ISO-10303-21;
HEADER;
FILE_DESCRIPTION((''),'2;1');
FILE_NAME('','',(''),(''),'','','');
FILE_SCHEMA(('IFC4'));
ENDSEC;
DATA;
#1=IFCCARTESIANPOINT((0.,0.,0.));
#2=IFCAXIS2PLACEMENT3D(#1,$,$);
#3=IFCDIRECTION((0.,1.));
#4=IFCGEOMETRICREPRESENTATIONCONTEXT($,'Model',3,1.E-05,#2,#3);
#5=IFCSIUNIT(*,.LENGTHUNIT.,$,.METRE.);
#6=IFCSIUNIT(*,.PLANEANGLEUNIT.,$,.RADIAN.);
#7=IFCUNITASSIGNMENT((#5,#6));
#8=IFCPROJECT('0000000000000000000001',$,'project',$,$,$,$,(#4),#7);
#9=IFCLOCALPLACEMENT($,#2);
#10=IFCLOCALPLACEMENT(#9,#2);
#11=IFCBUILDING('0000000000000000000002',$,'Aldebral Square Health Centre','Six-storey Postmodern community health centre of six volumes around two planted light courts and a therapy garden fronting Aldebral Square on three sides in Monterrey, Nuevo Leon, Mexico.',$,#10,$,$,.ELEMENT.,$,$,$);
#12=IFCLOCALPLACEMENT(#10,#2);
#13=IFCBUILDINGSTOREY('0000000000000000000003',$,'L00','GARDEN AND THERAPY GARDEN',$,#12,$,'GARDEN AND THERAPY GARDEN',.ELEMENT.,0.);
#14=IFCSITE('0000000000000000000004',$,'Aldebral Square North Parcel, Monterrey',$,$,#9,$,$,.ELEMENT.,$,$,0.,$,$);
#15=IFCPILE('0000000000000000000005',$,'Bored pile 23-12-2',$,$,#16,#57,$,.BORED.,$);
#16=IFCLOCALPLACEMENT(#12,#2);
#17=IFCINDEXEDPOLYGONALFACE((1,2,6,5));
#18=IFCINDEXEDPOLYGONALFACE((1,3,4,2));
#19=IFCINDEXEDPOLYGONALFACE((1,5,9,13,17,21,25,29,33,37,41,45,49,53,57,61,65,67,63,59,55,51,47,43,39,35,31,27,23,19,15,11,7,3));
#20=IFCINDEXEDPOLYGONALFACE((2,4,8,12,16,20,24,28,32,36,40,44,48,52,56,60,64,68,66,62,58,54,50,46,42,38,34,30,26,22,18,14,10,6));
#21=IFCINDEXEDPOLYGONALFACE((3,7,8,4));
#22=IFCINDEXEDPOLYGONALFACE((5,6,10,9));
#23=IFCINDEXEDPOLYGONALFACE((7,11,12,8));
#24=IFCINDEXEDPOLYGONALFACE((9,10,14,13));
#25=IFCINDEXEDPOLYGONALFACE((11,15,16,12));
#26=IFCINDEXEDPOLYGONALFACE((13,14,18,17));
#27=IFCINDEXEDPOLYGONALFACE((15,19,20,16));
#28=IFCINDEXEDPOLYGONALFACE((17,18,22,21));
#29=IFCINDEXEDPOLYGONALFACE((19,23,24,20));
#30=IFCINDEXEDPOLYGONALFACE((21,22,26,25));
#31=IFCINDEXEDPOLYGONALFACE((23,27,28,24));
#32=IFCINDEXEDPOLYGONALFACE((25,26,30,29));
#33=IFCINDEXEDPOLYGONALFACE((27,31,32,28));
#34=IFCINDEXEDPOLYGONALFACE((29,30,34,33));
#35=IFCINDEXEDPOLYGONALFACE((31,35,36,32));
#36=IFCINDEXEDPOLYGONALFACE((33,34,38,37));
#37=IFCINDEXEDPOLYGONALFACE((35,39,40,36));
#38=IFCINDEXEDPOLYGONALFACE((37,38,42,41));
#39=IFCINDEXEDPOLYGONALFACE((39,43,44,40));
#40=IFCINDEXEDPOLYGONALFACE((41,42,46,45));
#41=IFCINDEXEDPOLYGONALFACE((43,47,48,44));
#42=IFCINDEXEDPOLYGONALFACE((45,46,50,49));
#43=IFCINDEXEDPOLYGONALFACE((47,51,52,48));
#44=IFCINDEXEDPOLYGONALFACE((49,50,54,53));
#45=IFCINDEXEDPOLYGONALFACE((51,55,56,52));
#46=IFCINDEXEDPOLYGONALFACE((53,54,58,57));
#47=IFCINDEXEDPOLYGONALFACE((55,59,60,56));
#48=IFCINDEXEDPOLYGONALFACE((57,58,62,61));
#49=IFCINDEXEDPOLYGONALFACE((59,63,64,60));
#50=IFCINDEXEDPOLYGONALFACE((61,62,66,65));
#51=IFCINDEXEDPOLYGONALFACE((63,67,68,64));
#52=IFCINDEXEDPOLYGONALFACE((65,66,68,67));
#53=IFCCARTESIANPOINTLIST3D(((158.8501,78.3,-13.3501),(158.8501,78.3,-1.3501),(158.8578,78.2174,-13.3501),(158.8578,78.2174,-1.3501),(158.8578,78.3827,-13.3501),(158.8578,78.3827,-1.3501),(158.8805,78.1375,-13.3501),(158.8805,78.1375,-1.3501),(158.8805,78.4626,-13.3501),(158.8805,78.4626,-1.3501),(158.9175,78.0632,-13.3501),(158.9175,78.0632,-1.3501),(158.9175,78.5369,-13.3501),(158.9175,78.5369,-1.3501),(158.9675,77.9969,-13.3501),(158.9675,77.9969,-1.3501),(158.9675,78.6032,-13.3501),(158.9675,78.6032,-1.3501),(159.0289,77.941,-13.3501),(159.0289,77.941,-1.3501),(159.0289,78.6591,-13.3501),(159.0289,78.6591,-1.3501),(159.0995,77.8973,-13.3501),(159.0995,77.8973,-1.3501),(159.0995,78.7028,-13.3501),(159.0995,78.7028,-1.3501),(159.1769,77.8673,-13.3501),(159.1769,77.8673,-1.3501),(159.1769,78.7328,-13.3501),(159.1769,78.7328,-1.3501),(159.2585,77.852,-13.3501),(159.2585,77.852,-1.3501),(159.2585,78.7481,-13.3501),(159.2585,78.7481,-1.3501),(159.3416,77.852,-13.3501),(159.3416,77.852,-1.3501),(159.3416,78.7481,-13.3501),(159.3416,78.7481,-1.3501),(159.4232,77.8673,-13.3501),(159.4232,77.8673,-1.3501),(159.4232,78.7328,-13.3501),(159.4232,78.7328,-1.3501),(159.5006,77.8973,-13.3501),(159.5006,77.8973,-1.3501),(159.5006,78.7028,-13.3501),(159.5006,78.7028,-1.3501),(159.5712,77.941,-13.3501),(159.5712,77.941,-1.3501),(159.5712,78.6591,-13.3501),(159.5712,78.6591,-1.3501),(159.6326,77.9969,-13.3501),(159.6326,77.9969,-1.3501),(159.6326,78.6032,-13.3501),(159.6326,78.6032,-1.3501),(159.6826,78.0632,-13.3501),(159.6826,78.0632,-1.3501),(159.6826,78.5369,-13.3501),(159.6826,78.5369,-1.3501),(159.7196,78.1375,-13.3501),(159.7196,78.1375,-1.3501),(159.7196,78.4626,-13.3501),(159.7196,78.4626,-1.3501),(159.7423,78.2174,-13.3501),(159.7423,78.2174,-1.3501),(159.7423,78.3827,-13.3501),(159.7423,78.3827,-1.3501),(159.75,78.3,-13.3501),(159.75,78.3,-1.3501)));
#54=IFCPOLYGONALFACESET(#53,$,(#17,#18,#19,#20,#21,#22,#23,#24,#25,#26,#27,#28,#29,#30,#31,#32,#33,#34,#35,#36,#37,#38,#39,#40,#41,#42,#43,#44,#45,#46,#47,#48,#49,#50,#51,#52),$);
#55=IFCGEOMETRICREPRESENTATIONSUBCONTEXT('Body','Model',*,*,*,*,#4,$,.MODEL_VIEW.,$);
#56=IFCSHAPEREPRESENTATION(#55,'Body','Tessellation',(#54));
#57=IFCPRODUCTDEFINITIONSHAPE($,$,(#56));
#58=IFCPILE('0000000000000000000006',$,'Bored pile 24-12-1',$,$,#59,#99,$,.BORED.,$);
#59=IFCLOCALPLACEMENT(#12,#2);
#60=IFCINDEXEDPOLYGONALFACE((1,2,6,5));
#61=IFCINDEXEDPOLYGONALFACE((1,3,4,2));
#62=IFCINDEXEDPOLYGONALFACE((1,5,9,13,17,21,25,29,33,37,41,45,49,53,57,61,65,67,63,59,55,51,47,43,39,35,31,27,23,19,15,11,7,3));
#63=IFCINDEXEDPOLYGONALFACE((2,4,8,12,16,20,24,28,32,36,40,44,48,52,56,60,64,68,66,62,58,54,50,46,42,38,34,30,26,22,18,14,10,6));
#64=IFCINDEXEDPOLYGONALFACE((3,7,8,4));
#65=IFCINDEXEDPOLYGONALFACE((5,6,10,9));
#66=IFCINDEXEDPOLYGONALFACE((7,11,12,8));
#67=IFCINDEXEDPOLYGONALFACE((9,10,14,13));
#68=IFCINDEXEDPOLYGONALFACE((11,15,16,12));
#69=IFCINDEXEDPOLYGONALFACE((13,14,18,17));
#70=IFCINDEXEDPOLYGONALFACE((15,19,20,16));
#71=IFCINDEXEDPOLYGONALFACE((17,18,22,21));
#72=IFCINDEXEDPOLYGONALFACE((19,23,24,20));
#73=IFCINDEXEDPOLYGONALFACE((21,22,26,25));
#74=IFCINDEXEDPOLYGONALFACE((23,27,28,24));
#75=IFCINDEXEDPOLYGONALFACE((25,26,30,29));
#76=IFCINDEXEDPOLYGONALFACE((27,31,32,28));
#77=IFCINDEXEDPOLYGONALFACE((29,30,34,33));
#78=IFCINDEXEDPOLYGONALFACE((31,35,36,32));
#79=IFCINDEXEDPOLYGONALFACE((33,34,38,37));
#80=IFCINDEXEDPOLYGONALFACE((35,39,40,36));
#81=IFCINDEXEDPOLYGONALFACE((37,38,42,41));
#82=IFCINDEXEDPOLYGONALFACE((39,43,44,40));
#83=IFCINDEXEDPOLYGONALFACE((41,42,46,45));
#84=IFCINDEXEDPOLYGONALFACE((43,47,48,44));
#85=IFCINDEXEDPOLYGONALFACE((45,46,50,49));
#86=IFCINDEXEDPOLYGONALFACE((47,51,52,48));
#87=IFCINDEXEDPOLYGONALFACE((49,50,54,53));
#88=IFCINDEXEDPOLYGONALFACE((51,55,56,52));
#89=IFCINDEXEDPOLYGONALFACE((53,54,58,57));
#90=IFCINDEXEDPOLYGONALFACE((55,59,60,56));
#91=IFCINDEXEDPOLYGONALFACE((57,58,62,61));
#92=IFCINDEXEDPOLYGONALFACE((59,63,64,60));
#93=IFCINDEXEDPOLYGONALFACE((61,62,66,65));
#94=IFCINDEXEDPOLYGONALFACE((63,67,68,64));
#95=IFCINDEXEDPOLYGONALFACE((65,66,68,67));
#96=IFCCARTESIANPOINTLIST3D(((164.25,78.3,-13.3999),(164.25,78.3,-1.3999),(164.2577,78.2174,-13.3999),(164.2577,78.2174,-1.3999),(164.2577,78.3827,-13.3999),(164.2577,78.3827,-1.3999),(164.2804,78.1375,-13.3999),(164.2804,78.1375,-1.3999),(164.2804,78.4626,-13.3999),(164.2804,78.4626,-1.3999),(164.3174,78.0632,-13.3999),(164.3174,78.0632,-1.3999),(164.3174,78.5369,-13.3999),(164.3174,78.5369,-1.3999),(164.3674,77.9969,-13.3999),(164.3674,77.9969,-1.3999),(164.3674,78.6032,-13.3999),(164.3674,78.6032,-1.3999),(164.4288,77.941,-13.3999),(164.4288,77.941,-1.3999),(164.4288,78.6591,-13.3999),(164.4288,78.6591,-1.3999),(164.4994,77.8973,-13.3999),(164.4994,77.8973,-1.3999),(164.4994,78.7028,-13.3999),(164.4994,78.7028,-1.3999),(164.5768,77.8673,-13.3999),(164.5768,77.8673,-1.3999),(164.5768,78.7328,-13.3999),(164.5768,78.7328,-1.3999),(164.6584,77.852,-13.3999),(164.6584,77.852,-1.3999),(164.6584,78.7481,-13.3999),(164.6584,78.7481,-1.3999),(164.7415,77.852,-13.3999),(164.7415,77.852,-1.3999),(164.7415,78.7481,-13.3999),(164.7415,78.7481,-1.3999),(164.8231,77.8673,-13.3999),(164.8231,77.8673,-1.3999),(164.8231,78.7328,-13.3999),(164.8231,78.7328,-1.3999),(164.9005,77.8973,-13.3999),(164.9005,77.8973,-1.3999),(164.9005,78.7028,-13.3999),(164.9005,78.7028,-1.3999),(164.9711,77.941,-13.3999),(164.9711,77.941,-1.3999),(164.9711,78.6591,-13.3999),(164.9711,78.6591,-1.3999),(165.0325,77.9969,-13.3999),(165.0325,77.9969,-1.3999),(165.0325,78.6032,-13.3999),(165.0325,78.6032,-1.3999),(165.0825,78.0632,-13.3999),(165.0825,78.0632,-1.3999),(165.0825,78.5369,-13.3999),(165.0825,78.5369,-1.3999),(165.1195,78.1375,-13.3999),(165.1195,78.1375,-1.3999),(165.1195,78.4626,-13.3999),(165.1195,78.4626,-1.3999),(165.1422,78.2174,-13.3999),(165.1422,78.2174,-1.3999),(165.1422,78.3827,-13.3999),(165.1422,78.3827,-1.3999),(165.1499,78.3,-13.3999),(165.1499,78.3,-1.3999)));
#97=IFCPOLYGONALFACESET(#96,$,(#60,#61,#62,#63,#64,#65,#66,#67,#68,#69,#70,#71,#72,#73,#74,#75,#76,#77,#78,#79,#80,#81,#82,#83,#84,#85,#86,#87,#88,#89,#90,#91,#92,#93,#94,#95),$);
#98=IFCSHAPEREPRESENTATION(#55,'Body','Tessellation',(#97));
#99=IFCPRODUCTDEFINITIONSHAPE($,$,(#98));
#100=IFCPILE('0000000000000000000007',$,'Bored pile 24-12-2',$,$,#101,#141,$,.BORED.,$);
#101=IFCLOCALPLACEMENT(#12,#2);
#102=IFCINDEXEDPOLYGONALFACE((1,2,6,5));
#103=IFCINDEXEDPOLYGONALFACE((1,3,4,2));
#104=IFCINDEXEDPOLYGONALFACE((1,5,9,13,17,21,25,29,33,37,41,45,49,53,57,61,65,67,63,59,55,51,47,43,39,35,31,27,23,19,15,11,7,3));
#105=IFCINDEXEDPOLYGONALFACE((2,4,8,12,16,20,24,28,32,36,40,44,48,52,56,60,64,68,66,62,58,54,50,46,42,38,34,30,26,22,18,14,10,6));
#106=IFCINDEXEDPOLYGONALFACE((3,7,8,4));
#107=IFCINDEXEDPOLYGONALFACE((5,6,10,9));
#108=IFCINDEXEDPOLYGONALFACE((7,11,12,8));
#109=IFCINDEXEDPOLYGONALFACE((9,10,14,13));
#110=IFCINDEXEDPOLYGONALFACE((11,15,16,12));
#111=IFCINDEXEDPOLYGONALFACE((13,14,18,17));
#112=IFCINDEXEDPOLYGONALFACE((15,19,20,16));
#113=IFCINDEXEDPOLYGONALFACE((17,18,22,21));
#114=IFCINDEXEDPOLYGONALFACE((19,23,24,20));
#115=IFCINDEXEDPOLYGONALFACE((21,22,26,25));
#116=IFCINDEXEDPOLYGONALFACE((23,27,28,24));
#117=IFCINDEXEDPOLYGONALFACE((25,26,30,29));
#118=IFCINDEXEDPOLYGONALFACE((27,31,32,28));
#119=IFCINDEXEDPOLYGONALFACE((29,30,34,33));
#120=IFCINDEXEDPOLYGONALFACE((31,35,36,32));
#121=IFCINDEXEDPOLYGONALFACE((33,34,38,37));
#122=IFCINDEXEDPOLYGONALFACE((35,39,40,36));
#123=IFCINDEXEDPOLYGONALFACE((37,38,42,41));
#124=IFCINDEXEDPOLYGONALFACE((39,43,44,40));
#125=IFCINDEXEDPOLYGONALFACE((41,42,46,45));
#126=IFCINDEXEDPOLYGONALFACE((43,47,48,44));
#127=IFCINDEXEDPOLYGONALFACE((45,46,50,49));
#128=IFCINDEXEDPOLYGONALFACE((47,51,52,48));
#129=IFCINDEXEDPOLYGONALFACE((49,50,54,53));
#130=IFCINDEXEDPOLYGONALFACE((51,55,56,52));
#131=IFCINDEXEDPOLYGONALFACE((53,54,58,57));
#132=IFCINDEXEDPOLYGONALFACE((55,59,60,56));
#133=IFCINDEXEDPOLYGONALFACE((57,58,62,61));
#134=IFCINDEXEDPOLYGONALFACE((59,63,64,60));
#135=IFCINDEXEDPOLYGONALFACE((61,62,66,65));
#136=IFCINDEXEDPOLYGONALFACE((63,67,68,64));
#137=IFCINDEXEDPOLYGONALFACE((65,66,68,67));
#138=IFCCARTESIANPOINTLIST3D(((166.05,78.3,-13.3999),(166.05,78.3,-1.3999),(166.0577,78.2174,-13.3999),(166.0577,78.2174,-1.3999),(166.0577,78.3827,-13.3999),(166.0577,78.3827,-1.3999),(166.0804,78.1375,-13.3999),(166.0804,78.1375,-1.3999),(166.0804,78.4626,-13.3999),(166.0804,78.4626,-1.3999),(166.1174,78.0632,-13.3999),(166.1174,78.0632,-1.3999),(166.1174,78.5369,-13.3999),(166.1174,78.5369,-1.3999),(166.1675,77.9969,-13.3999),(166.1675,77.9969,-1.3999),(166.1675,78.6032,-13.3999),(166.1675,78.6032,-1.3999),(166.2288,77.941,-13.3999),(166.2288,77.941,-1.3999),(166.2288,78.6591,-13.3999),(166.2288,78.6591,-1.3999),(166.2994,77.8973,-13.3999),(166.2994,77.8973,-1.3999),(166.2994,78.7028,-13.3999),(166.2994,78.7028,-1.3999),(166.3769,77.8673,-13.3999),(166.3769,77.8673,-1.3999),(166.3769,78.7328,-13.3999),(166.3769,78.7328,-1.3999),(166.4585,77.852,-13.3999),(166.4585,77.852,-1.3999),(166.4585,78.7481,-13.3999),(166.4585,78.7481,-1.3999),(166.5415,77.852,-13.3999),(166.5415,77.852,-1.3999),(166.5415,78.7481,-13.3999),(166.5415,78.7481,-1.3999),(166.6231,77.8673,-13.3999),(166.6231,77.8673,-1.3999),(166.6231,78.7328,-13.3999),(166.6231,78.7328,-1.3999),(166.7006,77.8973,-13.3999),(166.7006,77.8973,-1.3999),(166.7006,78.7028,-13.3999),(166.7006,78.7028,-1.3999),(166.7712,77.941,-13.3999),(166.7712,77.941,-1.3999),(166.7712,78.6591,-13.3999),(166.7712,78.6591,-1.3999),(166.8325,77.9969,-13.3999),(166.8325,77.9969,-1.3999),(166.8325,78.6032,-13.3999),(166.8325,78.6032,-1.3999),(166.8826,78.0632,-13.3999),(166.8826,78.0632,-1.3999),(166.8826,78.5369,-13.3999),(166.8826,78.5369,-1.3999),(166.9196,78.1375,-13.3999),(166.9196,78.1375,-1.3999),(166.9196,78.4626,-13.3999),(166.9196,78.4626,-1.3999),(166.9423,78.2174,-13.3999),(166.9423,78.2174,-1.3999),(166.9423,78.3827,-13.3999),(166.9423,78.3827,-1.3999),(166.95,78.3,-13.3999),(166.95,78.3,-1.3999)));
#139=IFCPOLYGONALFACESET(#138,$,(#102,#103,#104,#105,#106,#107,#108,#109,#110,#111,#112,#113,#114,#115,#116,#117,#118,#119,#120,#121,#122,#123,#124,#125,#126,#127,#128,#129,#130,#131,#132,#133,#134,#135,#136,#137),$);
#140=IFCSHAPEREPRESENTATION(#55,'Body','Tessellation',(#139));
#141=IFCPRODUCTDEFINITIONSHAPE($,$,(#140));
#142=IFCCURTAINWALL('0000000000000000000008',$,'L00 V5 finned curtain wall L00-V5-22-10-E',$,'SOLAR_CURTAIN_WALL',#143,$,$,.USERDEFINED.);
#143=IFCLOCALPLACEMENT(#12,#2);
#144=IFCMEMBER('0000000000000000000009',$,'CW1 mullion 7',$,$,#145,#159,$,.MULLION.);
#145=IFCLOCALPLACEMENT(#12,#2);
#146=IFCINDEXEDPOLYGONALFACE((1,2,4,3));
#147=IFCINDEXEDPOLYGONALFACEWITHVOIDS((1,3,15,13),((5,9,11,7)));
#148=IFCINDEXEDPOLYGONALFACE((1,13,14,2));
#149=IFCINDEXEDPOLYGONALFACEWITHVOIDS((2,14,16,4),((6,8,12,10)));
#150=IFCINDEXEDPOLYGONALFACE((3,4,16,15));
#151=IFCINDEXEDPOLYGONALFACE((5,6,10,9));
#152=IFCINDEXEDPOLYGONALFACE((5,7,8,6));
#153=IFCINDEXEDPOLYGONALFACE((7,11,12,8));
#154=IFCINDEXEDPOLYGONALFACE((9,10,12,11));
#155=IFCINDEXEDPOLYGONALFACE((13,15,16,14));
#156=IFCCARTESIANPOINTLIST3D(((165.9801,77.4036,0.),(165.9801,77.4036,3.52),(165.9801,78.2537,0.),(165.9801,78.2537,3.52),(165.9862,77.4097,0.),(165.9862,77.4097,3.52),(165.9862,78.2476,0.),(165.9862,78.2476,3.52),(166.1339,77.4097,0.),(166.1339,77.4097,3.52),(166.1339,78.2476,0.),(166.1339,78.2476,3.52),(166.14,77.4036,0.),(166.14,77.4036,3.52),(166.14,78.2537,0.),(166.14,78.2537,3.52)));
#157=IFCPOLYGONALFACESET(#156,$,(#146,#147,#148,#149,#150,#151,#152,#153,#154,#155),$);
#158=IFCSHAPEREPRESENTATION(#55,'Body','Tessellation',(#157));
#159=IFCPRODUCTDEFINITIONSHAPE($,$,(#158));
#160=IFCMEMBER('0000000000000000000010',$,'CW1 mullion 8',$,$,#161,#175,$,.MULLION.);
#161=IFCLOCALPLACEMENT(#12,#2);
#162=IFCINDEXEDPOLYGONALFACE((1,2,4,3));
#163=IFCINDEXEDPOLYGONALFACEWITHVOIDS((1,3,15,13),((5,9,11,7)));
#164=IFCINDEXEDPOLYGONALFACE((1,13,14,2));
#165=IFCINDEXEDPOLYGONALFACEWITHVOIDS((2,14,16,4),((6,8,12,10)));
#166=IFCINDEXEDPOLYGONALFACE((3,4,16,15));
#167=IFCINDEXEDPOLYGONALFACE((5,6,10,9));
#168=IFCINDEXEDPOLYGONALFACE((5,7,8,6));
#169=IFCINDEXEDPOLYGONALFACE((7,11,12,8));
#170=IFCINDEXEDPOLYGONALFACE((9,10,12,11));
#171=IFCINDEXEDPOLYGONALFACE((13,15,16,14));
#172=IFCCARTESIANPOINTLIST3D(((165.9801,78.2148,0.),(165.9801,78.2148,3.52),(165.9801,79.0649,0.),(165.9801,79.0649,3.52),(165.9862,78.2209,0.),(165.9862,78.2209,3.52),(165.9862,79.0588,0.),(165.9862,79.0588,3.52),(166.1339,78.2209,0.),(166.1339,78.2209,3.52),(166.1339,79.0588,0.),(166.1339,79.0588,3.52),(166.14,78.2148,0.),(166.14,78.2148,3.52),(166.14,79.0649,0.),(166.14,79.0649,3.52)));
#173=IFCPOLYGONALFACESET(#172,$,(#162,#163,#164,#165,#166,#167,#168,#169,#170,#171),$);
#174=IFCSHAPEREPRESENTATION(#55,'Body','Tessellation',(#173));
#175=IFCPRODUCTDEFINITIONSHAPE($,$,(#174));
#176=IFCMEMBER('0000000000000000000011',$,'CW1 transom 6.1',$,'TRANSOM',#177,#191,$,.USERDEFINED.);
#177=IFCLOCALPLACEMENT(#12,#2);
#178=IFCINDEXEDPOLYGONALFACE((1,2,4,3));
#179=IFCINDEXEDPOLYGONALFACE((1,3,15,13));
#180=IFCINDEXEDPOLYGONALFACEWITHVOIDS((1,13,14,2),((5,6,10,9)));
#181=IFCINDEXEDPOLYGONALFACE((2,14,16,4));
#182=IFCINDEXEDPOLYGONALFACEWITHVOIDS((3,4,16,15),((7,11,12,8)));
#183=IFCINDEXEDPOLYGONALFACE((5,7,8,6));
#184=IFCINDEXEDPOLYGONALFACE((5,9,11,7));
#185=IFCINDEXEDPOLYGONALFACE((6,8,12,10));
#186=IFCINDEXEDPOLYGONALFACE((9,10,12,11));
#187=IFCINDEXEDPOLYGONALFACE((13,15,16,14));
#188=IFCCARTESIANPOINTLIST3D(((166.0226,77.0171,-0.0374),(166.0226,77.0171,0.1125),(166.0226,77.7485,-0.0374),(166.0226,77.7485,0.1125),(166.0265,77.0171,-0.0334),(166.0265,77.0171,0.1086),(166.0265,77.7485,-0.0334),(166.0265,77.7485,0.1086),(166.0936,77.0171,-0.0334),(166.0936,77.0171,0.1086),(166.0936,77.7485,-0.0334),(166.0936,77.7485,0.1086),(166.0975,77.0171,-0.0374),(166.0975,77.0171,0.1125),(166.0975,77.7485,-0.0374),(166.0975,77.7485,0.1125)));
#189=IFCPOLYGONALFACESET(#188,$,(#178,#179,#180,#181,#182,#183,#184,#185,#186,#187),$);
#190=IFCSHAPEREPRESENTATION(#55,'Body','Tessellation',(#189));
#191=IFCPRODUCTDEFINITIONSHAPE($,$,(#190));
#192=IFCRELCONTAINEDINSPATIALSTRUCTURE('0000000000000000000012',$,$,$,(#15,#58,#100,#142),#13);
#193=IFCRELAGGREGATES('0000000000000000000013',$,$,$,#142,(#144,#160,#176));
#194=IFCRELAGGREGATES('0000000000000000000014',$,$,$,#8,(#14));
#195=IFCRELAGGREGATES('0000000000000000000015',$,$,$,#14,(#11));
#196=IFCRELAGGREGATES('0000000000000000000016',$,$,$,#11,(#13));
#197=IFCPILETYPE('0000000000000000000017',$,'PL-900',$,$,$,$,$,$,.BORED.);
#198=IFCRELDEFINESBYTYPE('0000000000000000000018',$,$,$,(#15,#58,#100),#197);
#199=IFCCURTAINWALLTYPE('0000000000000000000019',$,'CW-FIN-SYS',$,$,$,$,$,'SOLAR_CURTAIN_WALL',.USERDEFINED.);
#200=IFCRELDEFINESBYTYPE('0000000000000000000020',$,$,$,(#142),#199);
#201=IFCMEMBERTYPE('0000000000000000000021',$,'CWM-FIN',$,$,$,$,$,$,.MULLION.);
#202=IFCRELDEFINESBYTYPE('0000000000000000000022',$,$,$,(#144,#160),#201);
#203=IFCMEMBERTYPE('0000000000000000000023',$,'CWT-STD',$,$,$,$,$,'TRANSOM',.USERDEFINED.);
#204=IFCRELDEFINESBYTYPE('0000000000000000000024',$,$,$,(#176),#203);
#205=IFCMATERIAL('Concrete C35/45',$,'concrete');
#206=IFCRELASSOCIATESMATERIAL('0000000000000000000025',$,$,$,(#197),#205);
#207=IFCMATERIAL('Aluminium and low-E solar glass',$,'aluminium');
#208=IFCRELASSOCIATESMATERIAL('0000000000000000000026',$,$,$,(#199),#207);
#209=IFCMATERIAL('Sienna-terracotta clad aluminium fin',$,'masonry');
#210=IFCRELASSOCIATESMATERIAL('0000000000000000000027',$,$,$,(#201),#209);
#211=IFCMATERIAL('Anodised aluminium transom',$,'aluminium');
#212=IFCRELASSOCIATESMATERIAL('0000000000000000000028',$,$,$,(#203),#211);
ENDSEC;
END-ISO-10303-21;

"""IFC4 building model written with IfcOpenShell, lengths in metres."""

from ifc_helpers import new_model, si_unit, direction, frame, origin, origin_2d, place, context, subcontext, project, spatial, hollow_rectangle, circle, extrude, material, material_profile, profile_set, type_object, element, aggregate, save


model = new_model("IFC4")

# Units and contexts
model_context = context("Model", 3, precision=1e-05, world=origin(), true_north=direction((0.0, 1.0)))
body_context = subcontext(model_context, "Body", "Model", "MODEL_VIEW")
ifc_project = project(units=[si_unit("LENGTHUNIT", "METRE"), si_unit("PLANEANGLEUNIT", "RADIAN")], contexts=[model_context])

# Site, building, storey
site_placement = place(None, origin())
site = spatial("IfcSite", under=ifc_project, at=site_placement, Name="Aldebral Square North Parcel, Monterrey", CompositionType="ELEMENT", RefElevation=0.0)
building_placement = place(site_placement, origin())
building = spatial("IfcBuilding", under=site, at=building_placement, Name="Aldebral Square Health Centre", Description="Six-storey Postmodern community health centre of six volumes around two planted light courts and a therapy garden fronting Aldebral Square on three sides in Monterrey, Nuevo Leon, Mexico.", CompositionType="ELEMENT")
storey_placement = place(building_placement, origin())
storey = spatial("IfcBuildingStorey", under=building, at=storey_placement, Name="L00", Description="GARDEN AND THERAPY GARDEN", LongName="GARDEN AND THERAPY GARDEN", CompositionType="ELEMENT", Elevation=0.0)

# Piles
ifc_material_1 = material(Name="Concrete C35/45", Category="concrete")
ifc_material_profile_1 = material_profile(ifc_material_1, circle(Radius=0.45, at=origin_2d()), Name="PILE D900")
ifc_profile_set_1 = profile_set([ifc_material_profile_1], Name="Concrete C35/45")
pile_type = type_object("IfcPileType", Name="PL-900", PredefinedType="BORED", material=ifc_profile_set_1)
for number, where, z_axis, x_axis, name in (
    (1, (159.3, 78.3, -1.3501), (0.0, 0.0, -1.0), (1.0, 0.0, 0.0), "Bored pile 23-12-2"),
    (2, (164.7, 78.3, -1.3999), (0.0, 0.0, -1.0), (1.0, 0.0, 0.0), "Bored pile 24-12-1"),
    (3, (166.5, 78.3, -1.3999), (0.0, 0.0, -1.0), (1.0, 0.0, 0.0), "Bored pile 24-12-2"),
):
    element("IfcPile", number, at=place(storey_placement, frame(where, z_axis=z_axis, x_axis=x_axis)), inside=storey, type_object=pile_type, Name=name, PredefinedType="BORED", context=body_context, shape_type="SweptSolid", body=[
        extrude(circle(Radius=0.45, at=origin_2d()), origin(), (0.0, 0.0, 1.0), 12.0),
    ])

# Curtain wall, members
ifc_material_2 = material(Name="Aluminium and low-E solar glass", Category="aluminium")
curtain_wall_type = type_object("IfcCurtainWallType", Name="CW-FIN-SYS", ElementType="SOLAR_CURTAIN_WALL", PredefinedType="USERDEFINED", material=ifc_material_2)
curtain_wall_placement = place(storey_placement, origin())
curtain_wall = element("IfcCurtainWall", 4, at=curtain_wall_placement, inside=storey, type_object=curtain_wall_type, Name="L00 V5 finned curtain wall L00-V5-22-10-E", ObjectType="SOLAR_CURTAIN_WALL", PredefinedType="USERDEFINED")
ifc_material_3 = material(Name="Sienna-terracotta clad aluminium fin", Category="masonry")
ifc_material_profile_2 = material_profile(ifc_material_3, hollow_rectangle(XDim=0.1599, YDim=0.8501, WallThickness=0.0061, at=origin_2d()), Name="FIN 160x850x6")
ifc_profile_set_2 = profile_set([ifc_material_profile_2], Name="Sienna-terracotta clad aluminium fin")
member_type_1 = type_object("IfcMemberType", Name="CWM-FIN", PredefinedType="MULLION", material=ifc_profile_set_2)
member_1_placement = place(storey_placement, frame((166.0601, 77.8286, 0.0), z_axis=(0.0, 0.0, 1.0), x_axis=(-1.0, 0.0, 0.0)))
member_1 = element("IfcMember", 5, at=member_1_placement, type_object=member_type_1, Name="CW1 mullion 7", PredefinedType="MULLION", context=body_context, shape_type="SweptSolid", body=[
    extrude(hollow_rectangle(XDim=0.1599, YDim=0.8501, WallThickness=0.0061, at=origin_2d()), origin(), (0.0, 0.0, 1.0), 3.52),
])
member_2_placement = place(storey_placement, frame((166.0601, 78.6399, 0.0), z_axis=(0.0, 0.0, 1.0), x_axis=(-1.0, 0.0, 0.0)))
member_2 = element("IfcMember", 6, at=member_2_placement, type_object=member_type_1, Name="CW1 mullion 8", PredefinedType="MULLION", context=body_context, shape_type="SweptSolid", body=[
    extrude(hollow_rectangle(XDim=0.1599, YDim=0.8501, WallThickness=0.0061, at=origin_2d()), origin(), (0.0, 0.0, 1.0), 3.52),
])
ifc_material_4 = material(Name="Anodised aluminium transom", Category="aluminium")
ifc_material_profile_3 = material_profile(ifc_material_4, hollow_rectangle(XDim=0.075, YDim=0.1499, WallThickness=0.0039, at=origin_2d()), Name="CWT 75x150x4")
ifc_profile_set_3 = profile_set([ifc_material_profile_3], Name="Anodised aluminium transom")
member_type_2 = type_object("IfcMemberType", Name="CWT-STD", ElementType="TRANSOM", PredefinedType="USERDEFINED", material=ifc_profile_set_3)
member_3_placement = place(storey_placement, frame((166.0601, 77.0171, 0.0376), z_axis=(0.0, 1.0, 0.0), x_axis=(-1.0, 0.0, 0.0)))
member_3 = element("IfcMember", 7, at=member_3_placement, type_object=member_type_2, Name="CW1 transom 6.1", ObjectType="TRANSOM", PredefinedType="USERDEFINED", context=body_context, shape_type="SweptSolid", body=[
    extrude(hollow_rectangle(XDim=0.075, YDim=0.1499, WallThickness=0.0039, at=origin_2d()), origin(), (0.0, 0.0, 1.0), 0.7314),
])
aggregate(curtain_wall, [member_1, member_2, member_3])

save(model, "model.ifc")
